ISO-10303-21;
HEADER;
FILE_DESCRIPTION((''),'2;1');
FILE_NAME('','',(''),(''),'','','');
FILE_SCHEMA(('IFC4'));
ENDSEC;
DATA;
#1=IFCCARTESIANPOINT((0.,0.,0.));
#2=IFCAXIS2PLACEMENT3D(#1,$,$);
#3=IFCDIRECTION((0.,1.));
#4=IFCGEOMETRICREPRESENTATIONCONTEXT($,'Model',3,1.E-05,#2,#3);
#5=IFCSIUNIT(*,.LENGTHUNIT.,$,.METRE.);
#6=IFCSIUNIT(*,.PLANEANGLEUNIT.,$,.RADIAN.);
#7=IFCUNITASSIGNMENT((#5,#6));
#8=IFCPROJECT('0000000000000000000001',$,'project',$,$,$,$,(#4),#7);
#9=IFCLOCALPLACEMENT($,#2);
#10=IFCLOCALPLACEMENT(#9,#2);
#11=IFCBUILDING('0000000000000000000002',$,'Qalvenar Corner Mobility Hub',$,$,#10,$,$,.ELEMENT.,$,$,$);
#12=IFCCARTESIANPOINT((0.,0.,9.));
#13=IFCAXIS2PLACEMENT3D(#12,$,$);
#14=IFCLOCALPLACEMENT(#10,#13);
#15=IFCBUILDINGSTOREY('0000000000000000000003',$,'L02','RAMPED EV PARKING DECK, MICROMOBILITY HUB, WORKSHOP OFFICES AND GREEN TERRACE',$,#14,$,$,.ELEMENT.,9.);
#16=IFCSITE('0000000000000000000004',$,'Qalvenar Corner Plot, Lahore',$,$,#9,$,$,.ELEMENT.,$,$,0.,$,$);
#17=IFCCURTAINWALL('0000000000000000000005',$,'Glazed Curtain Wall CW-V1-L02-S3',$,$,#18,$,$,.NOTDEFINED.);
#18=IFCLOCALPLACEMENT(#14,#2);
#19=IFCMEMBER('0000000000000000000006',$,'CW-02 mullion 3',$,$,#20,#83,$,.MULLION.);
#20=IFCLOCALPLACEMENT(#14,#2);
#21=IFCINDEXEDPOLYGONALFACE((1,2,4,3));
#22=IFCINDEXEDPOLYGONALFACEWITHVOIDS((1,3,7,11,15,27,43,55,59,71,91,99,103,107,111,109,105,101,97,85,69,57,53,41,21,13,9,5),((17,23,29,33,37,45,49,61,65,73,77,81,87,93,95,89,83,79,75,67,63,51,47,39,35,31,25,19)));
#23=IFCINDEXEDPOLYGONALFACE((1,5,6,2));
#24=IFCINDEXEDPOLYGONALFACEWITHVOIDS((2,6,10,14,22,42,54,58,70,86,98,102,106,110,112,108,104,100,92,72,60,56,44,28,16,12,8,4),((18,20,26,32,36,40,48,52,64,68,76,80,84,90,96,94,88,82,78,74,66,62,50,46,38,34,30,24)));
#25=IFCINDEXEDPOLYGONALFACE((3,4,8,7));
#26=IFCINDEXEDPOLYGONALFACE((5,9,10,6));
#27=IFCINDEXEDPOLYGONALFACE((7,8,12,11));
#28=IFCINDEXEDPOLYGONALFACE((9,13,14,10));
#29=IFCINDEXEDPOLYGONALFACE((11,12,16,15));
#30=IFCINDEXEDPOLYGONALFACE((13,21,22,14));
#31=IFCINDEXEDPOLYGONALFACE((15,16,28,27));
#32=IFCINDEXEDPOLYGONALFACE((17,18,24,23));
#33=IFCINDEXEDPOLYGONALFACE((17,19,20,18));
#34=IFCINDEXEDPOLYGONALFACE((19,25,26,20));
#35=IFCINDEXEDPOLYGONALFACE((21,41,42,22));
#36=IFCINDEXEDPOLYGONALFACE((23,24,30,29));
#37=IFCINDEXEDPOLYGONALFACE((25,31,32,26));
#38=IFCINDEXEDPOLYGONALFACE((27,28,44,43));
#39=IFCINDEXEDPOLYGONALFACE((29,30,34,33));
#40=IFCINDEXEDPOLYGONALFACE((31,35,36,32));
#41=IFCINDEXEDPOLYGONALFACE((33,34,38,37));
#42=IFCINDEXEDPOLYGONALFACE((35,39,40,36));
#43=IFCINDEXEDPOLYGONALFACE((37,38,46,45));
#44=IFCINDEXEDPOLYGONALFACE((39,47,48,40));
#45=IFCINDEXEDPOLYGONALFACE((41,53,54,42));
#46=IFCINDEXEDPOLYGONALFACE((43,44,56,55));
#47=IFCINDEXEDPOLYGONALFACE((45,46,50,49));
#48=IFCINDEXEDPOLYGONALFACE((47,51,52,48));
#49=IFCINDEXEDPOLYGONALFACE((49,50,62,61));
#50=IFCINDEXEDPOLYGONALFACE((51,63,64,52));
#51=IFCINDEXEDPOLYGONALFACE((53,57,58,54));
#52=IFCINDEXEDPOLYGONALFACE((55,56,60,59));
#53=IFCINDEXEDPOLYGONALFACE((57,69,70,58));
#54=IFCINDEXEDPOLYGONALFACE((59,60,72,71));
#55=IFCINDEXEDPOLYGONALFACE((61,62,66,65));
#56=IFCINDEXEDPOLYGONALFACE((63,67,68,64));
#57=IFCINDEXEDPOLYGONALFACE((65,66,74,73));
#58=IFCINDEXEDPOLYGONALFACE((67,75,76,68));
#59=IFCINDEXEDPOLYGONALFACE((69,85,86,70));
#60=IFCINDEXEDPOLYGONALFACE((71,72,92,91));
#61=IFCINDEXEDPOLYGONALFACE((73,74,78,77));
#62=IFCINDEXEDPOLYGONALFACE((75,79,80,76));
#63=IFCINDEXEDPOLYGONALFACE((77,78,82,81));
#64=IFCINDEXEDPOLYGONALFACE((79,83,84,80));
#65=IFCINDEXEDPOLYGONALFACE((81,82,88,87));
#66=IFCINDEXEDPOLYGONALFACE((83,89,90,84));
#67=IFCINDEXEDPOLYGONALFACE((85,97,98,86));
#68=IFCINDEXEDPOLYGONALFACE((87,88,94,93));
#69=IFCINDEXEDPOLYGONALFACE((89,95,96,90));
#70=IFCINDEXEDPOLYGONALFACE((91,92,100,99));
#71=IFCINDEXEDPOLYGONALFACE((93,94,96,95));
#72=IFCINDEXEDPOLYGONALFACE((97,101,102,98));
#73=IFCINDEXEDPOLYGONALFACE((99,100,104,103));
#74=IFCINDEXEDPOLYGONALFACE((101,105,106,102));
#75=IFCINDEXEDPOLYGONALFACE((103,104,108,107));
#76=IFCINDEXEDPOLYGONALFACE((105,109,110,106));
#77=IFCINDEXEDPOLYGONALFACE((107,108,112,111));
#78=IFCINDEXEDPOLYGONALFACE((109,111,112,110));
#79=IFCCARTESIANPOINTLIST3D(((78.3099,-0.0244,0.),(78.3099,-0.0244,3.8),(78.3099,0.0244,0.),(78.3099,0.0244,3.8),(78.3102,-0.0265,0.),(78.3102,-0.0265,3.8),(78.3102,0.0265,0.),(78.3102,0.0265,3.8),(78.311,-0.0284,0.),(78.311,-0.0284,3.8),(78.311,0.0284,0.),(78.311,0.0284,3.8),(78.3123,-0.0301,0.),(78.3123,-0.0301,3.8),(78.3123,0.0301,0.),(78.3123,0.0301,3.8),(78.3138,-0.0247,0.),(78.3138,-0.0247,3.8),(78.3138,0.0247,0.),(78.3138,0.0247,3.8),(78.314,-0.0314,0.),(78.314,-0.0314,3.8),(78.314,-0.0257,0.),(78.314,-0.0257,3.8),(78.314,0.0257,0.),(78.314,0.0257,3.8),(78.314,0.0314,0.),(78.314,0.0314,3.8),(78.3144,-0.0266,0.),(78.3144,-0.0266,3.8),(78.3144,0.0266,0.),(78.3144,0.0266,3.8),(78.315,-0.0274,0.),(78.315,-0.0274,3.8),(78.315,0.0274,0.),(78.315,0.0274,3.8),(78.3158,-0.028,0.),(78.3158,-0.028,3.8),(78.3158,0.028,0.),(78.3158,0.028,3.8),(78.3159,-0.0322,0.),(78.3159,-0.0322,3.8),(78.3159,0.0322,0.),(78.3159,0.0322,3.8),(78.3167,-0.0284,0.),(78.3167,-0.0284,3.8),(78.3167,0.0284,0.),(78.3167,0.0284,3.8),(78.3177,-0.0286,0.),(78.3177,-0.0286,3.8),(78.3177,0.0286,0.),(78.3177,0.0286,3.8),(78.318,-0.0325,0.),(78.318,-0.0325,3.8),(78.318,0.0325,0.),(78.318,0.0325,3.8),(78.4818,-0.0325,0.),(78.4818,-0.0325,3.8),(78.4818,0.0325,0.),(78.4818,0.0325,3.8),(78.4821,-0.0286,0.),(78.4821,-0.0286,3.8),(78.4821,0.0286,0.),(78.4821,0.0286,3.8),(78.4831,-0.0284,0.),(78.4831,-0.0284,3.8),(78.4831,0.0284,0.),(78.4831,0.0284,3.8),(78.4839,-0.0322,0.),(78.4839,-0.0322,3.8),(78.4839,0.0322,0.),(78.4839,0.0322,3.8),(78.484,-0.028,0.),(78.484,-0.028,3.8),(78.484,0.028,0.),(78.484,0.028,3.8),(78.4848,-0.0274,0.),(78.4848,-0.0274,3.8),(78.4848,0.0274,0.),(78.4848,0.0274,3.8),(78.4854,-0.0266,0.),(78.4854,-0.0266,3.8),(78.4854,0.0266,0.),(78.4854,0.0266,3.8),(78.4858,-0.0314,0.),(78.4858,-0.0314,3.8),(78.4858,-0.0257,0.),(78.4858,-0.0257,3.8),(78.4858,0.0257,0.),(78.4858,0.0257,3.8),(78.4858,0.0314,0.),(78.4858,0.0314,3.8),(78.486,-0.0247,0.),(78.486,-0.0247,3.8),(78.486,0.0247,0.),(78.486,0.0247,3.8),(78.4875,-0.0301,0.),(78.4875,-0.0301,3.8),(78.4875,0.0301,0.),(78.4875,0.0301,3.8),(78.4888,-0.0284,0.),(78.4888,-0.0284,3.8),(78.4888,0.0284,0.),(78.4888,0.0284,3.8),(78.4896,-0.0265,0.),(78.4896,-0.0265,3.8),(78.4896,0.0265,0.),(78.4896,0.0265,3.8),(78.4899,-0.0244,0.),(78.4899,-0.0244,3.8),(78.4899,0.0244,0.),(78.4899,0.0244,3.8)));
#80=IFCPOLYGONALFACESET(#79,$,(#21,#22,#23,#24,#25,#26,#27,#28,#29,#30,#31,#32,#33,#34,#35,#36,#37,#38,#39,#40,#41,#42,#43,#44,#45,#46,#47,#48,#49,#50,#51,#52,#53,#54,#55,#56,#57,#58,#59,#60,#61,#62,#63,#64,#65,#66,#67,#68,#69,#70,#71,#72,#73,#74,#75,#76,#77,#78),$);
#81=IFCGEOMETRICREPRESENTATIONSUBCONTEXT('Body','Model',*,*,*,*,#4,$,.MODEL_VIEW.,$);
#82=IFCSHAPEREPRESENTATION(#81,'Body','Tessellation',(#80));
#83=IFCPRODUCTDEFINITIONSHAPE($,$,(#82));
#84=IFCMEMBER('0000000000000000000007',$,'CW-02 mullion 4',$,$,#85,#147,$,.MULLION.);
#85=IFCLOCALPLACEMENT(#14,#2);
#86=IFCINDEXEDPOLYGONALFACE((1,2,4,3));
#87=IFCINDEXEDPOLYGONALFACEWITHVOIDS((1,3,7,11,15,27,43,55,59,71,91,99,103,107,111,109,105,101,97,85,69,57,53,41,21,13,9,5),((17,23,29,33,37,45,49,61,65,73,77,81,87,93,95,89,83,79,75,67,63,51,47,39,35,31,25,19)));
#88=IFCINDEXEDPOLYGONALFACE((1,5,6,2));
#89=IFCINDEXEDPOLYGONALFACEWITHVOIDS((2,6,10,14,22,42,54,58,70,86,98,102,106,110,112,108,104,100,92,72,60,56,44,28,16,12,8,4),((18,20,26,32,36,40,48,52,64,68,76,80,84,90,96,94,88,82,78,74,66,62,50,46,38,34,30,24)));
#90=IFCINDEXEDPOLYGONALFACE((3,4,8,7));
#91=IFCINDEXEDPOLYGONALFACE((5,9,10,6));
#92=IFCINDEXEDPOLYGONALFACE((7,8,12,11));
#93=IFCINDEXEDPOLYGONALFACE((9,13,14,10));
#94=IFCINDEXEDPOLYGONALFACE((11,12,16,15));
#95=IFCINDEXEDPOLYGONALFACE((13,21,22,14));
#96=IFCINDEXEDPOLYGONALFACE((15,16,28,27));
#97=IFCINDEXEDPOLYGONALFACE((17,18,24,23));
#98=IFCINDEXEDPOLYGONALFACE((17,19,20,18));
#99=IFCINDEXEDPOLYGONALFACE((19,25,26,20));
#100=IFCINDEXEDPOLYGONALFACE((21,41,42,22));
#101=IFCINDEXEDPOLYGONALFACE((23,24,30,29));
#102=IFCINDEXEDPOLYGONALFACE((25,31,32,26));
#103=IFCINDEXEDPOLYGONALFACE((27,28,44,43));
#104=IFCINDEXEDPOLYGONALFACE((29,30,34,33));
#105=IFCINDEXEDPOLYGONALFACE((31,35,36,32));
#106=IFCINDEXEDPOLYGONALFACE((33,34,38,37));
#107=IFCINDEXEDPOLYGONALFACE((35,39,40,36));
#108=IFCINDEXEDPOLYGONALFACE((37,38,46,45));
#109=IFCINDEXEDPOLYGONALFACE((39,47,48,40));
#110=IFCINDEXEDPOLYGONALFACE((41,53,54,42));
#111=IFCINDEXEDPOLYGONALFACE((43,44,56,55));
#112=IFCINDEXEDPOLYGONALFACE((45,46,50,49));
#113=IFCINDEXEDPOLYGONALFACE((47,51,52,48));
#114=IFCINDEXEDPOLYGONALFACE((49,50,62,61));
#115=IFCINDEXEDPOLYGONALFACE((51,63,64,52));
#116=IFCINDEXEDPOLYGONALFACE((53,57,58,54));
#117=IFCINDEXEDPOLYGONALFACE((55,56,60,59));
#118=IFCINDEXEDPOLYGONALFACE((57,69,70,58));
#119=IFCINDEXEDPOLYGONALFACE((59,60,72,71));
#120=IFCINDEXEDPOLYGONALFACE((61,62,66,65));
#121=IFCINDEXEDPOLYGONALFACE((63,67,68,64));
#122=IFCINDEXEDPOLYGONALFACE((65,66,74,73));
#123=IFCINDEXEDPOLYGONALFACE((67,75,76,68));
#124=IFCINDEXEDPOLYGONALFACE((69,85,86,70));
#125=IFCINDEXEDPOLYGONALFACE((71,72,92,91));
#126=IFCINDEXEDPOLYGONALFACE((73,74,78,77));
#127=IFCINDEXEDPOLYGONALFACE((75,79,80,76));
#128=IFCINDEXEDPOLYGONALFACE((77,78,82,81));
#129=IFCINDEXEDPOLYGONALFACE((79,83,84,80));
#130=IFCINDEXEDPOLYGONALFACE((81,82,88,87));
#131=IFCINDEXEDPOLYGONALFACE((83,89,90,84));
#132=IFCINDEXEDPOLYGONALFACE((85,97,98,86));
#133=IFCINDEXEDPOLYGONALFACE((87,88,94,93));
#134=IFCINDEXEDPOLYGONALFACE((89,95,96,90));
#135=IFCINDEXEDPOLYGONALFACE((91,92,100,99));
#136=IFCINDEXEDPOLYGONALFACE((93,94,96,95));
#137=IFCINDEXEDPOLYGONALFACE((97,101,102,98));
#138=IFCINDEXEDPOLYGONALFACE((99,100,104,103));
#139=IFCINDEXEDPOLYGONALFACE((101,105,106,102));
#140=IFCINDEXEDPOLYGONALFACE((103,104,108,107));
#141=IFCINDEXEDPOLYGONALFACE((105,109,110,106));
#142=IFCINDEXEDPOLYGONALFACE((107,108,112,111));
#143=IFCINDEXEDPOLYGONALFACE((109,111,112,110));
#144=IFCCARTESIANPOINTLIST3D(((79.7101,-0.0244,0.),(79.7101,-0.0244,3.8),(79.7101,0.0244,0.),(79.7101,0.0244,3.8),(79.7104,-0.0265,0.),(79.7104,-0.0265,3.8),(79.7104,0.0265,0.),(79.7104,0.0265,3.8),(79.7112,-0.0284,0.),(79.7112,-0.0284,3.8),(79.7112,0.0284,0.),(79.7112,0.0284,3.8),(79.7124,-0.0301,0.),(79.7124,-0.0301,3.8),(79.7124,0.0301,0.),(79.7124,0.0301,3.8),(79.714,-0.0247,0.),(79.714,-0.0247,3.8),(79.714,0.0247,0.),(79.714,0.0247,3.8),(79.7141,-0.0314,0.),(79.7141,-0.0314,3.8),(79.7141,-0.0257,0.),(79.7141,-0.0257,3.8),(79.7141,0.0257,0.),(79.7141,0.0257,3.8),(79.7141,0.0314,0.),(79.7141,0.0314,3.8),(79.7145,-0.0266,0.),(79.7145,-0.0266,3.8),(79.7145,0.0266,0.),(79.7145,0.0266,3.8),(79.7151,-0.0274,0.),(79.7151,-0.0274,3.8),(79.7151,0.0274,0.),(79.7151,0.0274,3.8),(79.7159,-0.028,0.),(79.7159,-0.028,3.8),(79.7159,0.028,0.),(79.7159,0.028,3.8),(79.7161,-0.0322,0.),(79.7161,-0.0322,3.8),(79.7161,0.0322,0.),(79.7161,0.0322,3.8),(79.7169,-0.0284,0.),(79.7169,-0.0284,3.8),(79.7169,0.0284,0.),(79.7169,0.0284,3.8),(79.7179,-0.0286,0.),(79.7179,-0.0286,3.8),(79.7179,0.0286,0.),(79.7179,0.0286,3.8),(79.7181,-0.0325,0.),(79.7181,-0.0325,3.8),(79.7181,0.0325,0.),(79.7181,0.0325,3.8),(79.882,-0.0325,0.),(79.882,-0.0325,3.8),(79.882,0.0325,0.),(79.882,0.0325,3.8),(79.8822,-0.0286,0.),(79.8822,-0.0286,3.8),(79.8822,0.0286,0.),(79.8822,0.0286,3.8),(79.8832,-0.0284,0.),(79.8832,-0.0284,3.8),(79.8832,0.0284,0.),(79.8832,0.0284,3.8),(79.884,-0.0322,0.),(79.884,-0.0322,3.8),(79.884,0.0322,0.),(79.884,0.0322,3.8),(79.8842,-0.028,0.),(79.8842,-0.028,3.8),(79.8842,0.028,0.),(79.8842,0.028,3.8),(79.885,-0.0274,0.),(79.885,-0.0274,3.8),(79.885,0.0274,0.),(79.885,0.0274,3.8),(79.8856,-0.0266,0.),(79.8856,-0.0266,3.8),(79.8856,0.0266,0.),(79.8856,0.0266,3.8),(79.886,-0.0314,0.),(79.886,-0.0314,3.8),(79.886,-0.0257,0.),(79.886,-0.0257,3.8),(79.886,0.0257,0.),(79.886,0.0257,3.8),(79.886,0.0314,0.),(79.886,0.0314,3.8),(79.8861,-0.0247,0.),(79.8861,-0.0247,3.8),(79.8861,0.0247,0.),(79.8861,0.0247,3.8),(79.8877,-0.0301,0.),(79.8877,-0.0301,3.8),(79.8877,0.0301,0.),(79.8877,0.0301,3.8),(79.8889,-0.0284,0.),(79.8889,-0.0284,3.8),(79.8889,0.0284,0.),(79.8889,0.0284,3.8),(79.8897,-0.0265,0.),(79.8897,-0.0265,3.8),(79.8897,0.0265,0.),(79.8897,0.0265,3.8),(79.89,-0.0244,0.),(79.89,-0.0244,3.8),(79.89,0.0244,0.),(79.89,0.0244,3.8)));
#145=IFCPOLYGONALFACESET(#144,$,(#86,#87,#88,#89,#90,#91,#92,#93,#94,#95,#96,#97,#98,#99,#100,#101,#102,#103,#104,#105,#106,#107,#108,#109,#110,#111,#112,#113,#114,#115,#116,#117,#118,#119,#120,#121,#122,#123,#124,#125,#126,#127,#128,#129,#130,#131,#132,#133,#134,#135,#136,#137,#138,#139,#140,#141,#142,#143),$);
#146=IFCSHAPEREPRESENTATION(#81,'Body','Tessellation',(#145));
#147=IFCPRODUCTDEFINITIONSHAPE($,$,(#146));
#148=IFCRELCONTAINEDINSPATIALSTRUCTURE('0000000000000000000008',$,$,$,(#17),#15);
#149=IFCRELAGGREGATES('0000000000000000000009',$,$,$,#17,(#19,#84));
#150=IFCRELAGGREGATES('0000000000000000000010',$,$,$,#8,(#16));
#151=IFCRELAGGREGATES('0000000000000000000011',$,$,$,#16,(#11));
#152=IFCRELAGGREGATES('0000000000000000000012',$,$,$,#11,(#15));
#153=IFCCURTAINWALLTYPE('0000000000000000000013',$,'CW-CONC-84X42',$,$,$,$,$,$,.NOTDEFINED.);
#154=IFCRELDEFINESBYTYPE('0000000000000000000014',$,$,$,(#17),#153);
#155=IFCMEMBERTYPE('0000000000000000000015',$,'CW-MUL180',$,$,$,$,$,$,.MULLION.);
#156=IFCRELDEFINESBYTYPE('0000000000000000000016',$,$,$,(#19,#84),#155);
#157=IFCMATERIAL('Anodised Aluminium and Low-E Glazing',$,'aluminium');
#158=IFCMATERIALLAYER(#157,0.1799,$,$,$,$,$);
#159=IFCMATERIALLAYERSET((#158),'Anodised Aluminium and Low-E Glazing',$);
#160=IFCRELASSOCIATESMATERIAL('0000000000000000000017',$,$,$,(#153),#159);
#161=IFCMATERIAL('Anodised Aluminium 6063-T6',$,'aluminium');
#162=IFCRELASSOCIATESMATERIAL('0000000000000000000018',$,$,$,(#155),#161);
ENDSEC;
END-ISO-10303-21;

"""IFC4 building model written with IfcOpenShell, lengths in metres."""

from ifc_helpers import new_model, si_unit, direction, frame, origin, origin_2d, place, context, subcontext, project, spatial, hollow_rectangle, extrude, material, layer, layer_set, material_profile, profile_set, type_object, element, aggregate, save


model = new_model("IFC4")

# Units and contexts
model_context = context("Model", 3, precision=1e-05, world=origin(), true_north=direction((0.0, 1.0)))
body_context = subcontext(model_context, "Body", "Model", "MODEL_VIEW")
ifc_project = project(units=[si_unit("LENGTHUNIT", "METRE"), si_unit("PLANEANGLEUNIT", "RADIAN")], contexts=[model_context])

# Site, building, storey
site_placement = place(None, origin())
site = spatial("IfcSite", under=ifc_project, at=site_placement, Name="Qalvenar Corner Plot, Lahore", CompositionType="ELEMENT", RefElevation=0.0)
building_placement = place(site_placement, origin())
building = spatial("IfcBuilding", under=site, at=building_placement, Name="Qalvenar Corner Mobility Hub", CompositionType="ELEMENT")
storey_placement = place(building_placement, frame((0.0, 0.0, 9.0)))
storey = spatial("IfcBuildingStorey", under=building, at=storey_placement, Name="L02", Description="RAMPED EV PARKING DECK, MICROMOBILITY HUB, WORKSHOP OFFICES AND GREEN TERRACE", CompositionType="ELEMENT", Elevation=9.0)

# Curtain wall, members
ifc_material_1 = material(Name="Anodised Aluminium and Low-E Glazing", Category="aluminium")
ifc_layer_1 = layer(ifc_material_1, 0.1799)
ifc_layer_set_1 = layer_set([ifc_layer_1], Name="Anodised Aluminium and Low-E Glazing")
curtain_wall_type = type_object("IfcCurtainWallType", Name="CW-CONC-84X42", PredefinedType="NOTDEFINED", material=ifc_layer_set_1)
curtain_wall_placement = place(storey_placement, origin())
curtain_wall = element("IfcCurtainWall", 1, at=curtain_wall_placement, inside=storey, type_object=curtain_wall_type, Name="Glazed Curtain Wall CW-V1-L02-S3", PredefinedType="NOTDEFINED")
ifc_material_2 = material(Name="Anodised Aluminium 6063-T6", Category="aluminium")
ifc_material_profile_1 = material_profile(ifc_material_2, hollow_rectangle(XDim=0.0649, YDim=0.1799, WallThickness=0.0039, InnerFilletRadius=0.0039, OuterFilletRadius=0.0081, at=origin_2d()), Name="RHS180x65x4")
ifc_profile_set_1 = profile_set([ifc_material_profile_1], Name="Anodised Aluminium 6063-T6")
member_type_1 = type_object("IfcMemberType", Name="CW-MUL180", PredefinedType="MULLION", material=ifc_profile_set_1)
member_1_placement = place(storey_placement, frame((78.3999, 0.0, 0.0), z_axis=(0.0, 0.0, 1.0), x_axis=(0.0, 1.0, 0.0)))
member_1 = element("IfcMember", 2, at=member_1_placement, type_object=member_type_1, Name="CW-02 mullion 3", PredefinedType="MULLION", context=body_context, shape_type="SweptSolid", body=[
    extrude(hollow_rectangle(XDim=0.0649, YDim=0.1799, WallThickness=0.0039, InnerFilletRadius=0.0039, OuterFilletRadius=0.0081, at=origin_2d()), origin(), (0.0, 0.0, 1.0), 3.8),
])
member_2_placement = place(storey_placement, frame((79.8, 0.0, 0.0), z_axis=(0.0, 0.0, 1.0), x_axis=(0.0, 1.0, 0.0)))
member_2 = element("IfcMember", 3, at=member_2_placement, type_object=member_type_1, Name="CW-02 mullion 4", PredefinedType="MULLION", context=body_context, shape_type="SweptSolid", body=[
    extrude(hollow_rectangle(XDim=0.0649, YDim=0.1799, WallThickness=0.0039, InnerFilletRadius=0.0039, OuterFilletRadius=0.0081, at=origin_2d()), origin(), (0.0, 0.0, 1.0), 3.8),
])
aggregate(curtain_wall, [member_1, member_2])

save(model, "model.ifc")
